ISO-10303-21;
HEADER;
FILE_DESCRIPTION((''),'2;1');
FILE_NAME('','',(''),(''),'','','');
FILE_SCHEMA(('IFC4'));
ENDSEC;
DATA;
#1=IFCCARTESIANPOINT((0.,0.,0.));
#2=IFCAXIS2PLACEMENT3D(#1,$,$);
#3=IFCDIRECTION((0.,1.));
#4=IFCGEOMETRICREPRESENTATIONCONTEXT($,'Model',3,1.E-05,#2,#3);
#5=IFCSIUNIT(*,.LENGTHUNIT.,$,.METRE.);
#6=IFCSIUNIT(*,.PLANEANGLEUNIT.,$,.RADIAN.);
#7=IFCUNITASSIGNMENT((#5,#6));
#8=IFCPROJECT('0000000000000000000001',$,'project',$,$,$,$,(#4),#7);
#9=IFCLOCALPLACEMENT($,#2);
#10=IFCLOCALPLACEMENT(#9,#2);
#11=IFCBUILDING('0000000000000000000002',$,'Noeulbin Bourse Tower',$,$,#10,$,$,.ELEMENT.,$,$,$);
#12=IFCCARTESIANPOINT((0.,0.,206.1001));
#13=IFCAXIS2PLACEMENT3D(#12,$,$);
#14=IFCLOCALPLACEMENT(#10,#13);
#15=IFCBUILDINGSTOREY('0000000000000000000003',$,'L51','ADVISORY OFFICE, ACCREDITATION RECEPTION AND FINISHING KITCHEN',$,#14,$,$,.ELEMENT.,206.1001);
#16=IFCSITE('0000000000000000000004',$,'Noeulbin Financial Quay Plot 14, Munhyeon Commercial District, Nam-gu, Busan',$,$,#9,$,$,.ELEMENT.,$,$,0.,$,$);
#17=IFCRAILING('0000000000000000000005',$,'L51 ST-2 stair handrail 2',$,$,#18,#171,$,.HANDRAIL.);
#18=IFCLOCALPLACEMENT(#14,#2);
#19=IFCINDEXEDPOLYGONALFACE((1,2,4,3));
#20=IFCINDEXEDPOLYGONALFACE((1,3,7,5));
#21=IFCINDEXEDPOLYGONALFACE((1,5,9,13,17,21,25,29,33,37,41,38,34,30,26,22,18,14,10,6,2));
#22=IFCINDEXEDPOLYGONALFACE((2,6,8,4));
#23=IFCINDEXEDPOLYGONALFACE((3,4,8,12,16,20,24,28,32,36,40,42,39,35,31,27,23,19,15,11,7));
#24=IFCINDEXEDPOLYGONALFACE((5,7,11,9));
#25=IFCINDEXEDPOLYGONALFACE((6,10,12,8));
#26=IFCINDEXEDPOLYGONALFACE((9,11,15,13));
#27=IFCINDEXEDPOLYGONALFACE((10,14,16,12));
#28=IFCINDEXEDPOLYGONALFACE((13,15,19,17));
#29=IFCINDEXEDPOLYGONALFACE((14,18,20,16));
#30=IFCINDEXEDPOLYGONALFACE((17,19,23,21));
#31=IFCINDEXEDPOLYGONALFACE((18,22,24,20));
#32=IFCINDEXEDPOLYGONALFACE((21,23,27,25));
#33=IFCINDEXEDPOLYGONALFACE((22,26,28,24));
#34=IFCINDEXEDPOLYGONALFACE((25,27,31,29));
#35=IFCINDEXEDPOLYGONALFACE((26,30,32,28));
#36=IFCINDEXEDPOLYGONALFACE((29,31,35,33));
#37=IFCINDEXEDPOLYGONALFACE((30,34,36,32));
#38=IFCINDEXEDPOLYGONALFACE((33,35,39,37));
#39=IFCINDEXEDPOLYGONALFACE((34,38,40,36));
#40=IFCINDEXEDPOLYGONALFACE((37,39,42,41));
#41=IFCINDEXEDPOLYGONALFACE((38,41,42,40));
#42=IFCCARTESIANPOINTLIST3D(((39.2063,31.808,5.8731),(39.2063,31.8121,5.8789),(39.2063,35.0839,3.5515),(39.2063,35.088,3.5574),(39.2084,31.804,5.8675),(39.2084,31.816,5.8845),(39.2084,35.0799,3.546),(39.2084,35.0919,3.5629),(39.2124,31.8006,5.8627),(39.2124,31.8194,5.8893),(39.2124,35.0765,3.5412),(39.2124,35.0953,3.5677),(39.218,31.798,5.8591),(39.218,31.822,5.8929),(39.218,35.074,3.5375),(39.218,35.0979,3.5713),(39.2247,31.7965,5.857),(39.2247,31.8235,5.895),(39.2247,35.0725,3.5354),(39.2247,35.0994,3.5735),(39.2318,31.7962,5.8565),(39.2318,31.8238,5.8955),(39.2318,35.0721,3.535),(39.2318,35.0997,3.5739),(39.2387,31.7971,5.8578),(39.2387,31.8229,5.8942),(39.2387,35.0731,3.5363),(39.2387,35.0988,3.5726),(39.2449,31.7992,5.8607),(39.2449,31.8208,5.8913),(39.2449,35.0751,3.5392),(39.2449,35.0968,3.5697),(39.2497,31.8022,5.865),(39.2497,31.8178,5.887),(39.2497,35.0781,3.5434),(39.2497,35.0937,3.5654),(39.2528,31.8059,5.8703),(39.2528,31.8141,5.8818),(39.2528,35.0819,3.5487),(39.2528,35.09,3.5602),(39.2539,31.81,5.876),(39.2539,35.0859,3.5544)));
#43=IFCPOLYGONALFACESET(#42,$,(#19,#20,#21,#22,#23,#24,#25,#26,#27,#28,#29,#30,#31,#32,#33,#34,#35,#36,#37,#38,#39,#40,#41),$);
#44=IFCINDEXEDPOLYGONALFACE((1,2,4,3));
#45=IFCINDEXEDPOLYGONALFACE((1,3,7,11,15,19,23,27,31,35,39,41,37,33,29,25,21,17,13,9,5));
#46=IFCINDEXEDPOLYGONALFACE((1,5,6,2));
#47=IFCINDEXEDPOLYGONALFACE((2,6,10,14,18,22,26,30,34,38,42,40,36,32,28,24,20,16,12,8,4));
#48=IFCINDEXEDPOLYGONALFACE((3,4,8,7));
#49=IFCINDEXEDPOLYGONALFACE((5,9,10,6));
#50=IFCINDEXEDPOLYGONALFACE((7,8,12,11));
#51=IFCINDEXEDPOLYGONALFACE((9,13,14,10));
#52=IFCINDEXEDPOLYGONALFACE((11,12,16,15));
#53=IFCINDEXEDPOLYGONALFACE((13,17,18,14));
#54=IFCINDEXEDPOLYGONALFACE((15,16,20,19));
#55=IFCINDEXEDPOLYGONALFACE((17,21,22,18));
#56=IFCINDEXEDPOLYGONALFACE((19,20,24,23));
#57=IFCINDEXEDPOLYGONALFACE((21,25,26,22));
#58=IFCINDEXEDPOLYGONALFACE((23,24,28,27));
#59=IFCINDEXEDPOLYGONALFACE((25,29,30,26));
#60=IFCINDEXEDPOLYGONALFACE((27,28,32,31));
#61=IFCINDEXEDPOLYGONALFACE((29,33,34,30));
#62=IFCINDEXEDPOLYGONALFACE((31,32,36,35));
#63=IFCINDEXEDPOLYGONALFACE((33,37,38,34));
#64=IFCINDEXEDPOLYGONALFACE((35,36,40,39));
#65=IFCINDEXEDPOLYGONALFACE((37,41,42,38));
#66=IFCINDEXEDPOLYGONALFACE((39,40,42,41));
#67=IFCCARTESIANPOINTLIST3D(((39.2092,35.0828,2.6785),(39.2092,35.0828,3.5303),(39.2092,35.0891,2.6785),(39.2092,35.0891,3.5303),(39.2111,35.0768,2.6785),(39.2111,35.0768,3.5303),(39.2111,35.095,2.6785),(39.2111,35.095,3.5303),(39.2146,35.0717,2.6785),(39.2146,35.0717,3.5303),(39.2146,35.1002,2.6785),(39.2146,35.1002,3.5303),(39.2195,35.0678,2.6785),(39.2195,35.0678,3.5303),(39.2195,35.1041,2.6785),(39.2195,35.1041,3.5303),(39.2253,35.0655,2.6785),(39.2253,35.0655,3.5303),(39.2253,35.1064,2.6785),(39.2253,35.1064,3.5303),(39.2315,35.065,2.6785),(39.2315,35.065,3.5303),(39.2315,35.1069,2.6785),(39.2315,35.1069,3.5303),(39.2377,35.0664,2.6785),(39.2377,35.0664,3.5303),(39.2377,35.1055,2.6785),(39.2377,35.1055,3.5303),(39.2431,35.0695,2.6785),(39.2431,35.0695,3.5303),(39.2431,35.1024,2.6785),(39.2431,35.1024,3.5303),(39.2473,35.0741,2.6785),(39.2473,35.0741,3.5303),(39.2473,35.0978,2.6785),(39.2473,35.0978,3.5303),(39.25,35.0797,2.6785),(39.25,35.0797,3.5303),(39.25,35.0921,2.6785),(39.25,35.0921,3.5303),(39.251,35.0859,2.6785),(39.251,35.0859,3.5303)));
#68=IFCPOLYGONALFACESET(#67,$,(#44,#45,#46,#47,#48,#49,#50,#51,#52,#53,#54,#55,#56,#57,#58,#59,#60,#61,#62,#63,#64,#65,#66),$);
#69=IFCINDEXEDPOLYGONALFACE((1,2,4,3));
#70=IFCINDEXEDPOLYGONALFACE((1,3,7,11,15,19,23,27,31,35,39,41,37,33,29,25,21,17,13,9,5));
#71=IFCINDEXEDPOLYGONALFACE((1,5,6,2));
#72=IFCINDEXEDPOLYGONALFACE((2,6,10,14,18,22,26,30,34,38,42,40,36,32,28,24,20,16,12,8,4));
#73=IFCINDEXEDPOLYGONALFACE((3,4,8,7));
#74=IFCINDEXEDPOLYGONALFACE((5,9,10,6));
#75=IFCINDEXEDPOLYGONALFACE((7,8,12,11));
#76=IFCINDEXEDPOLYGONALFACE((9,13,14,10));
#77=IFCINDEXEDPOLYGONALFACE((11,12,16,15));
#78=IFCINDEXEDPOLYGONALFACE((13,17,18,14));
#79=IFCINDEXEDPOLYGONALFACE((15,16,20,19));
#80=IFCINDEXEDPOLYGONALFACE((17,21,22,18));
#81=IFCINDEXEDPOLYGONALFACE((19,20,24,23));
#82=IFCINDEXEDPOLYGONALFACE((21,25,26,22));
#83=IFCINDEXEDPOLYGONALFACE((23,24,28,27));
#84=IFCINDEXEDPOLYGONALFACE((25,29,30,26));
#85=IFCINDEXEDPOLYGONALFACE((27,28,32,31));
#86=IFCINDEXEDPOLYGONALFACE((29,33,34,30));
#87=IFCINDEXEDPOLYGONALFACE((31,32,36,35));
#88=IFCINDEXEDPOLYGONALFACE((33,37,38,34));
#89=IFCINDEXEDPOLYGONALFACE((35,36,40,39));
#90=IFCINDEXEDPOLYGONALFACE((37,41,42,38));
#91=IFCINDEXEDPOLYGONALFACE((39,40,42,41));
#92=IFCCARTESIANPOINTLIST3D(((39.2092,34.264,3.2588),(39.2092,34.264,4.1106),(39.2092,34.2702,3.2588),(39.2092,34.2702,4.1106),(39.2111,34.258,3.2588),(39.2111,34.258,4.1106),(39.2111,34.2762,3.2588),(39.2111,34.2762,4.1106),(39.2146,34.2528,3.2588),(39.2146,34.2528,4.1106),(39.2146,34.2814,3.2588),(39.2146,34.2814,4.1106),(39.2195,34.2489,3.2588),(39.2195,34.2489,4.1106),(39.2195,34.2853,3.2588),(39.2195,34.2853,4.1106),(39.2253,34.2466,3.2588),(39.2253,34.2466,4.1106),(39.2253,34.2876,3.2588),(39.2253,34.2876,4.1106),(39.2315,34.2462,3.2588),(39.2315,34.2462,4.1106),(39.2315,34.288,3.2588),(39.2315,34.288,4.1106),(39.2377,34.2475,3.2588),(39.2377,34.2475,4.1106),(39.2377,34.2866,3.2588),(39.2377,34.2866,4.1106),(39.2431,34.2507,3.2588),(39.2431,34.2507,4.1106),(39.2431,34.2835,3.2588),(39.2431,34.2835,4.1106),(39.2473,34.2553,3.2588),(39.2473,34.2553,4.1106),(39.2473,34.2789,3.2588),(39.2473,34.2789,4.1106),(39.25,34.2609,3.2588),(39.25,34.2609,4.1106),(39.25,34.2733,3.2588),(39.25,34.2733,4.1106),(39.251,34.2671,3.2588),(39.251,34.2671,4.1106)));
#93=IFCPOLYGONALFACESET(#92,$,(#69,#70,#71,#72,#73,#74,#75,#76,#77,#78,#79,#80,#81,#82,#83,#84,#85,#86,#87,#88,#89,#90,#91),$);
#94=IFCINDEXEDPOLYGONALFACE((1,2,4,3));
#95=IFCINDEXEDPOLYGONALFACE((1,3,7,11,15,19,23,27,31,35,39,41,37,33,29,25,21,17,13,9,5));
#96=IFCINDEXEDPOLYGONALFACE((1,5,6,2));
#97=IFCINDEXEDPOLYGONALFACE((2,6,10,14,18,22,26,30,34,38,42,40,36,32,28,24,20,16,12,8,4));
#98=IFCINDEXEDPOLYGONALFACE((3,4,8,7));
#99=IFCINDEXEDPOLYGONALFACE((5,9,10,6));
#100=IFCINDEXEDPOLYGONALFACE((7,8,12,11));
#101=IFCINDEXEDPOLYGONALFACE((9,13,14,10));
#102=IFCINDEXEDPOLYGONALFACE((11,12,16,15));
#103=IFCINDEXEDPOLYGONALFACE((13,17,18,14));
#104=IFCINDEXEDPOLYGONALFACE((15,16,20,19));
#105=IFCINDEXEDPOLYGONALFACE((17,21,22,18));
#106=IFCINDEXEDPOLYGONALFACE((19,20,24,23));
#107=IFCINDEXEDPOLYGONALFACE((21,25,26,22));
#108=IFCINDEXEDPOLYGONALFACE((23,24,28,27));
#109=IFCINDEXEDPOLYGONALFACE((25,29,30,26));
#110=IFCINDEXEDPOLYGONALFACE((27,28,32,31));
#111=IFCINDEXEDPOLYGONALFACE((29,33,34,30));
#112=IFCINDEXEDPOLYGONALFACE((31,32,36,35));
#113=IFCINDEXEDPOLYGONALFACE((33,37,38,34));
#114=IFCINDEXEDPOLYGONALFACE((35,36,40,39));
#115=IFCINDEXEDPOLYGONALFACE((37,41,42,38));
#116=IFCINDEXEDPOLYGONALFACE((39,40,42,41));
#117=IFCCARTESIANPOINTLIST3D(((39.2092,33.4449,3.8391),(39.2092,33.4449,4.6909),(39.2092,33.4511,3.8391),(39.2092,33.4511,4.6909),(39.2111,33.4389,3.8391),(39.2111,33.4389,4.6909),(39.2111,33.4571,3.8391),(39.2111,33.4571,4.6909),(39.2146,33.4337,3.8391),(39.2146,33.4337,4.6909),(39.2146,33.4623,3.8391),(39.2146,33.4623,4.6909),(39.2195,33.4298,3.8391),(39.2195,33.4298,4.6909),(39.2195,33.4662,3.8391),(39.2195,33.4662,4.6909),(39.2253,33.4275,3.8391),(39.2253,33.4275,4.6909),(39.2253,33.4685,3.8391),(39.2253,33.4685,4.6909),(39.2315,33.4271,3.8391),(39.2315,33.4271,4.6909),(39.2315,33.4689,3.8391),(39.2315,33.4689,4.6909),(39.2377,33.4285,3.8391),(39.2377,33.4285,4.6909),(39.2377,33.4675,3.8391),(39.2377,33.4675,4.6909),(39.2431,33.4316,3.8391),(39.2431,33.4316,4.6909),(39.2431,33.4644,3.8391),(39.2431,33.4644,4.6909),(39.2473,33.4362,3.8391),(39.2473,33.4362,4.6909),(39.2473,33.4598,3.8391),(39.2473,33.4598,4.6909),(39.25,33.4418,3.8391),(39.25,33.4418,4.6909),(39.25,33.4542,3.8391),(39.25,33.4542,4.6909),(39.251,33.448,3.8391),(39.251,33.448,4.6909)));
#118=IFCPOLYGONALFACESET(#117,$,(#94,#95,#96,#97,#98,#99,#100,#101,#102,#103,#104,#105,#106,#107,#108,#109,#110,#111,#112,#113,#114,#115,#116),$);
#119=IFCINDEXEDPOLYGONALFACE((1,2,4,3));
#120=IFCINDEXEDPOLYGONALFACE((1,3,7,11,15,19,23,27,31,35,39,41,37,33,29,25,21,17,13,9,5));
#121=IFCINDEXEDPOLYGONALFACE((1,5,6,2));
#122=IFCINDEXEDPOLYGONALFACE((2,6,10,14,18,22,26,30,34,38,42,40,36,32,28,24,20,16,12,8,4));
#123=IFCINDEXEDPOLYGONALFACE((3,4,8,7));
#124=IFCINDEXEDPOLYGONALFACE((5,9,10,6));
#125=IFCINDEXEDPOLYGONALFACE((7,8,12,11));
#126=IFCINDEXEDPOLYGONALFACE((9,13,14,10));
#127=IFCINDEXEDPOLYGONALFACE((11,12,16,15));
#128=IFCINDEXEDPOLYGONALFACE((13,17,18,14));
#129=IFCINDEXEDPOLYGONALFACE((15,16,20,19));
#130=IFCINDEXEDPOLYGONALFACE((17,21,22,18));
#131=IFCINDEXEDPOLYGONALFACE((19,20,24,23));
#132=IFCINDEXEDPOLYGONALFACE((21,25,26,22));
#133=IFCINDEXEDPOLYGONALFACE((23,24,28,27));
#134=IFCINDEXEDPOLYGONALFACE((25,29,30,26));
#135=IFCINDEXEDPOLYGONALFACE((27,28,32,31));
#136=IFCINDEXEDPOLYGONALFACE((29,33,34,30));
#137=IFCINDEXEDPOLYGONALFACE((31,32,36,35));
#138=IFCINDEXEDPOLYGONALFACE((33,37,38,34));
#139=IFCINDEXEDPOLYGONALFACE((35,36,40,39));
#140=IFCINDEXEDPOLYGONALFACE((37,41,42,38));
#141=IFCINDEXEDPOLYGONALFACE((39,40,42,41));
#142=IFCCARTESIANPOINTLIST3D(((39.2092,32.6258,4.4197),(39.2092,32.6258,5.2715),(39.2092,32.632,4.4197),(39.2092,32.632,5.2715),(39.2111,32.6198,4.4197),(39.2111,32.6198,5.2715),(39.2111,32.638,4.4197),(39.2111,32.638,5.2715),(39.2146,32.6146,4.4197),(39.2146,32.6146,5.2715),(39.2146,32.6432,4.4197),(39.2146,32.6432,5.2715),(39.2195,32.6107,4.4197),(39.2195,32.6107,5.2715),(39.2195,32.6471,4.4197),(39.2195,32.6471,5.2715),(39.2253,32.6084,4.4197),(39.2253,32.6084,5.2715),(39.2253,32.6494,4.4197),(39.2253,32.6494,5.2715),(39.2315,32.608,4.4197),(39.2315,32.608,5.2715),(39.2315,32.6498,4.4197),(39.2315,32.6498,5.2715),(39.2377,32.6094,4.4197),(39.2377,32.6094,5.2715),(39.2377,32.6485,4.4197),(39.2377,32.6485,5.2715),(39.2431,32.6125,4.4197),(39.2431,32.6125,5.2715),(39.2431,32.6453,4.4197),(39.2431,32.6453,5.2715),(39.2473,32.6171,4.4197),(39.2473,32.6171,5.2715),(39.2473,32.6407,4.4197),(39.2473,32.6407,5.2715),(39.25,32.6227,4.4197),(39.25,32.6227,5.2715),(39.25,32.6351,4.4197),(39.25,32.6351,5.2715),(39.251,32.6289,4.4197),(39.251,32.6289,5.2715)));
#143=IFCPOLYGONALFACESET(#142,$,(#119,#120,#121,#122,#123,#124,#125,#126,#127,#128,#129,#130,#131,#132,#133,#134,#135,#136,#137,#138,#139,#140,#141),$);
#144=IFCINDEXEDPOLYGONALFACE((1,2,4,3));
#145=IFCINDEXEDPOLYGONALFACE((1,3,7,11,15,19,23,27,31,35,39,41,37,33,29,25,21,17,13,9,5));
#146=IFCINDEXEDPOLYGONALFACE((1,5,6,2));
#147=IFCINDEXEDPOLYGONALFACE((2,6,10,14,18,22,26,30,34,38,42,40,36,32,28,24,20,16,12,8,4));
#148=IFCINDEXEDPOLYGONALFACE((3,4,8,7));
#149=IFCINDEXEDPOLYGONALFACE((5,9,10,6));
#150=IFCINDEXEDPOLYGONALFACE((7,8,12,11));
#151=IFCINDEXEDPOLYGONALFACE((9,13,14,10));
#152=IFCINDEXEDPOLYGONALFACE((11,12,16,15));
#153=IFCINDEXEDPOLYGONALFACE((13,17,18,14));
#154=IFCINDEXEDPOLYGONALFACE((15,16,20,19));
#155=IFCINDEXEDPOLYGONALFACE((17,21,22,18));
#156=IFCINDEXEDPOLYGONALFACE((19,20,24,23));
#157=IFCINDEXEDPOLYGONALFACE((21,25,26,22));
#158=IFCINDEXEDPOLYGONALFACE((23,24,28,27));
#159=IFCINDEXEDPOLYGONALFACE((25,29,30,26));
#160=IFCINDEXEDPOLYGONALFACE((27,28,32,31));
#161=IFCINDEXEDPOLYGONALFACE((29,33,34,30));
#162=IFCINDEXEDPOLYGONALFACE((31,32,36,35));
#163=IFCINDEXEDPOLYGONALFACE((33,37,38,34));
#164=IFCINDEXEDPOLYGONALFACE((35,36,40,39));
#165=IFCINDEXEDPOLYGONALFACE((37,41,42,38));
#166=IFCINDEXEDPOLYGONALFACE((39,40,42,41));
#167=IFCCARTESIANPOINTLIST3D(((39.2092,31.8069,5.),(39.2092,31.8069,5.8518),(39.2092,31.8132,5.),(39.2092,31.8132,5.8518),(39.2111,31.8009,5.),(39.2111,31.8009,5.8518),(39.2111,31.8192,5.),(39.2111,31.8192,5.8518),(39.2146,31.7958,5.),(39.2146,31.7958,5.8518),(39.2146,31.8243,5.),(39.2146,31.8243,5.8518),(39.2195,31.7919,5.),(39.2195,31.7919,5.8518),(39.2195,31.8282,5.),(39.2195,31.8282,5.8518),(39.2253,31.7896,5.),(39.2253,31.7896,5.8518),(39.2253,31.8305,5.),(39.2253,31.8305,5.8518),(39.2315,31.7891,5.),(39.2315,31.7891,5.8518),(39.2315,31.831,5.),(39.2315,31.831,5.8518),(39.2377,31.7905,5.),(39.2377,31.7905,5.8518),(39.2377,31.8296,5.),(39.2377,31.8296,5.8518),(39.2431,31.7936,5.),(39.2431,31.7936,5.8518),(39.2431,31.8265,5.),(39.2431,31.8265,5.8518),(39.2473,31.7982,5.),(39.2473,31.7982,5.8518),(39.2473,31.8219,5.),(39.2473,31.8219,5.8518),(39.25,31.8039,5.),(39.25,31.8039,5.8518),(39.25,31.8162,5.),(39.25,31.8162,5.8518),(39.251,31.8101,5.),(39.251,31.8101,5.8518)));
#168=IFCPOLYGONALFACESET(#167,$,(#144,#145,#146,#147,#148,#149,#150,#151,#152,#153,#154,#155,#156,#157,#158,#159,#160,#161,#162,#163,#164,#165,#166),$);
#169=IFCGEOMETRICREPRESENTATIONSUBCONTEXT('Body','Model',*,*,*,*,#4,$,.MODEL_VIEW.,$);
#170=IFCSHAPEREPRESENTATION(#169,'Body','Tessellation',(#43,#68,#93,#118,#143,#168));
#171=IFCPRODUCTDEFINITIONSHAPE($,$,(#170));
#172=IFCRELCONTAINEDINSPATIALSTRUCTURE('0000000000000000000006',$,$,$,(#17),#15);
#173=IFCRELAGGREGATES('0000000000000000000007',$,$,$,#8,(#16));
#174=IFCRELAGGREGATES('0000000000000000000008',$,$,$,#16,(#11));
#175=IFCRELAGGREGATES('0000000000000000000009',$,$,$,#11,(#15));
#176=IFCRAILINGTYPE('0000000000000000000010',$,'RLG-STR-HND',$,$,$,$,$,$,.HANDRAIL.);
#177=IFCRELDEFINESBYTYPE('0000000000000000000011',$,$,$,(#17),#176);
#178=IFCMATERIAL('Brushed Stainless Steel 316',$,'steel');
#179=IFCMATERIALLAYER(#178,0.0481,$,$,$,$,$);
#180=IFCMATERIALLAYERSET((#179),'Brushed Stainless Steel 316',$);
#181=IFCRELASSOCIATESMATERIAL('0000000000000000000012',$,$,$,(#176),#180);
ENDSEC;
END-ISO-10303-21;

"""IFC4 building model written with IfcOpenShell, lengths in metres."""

from ifc_helpers import new_model, si_unit, direction, frame, origin, origin_2d, place, context, subcontext, project, spatial, circle, extrude, material, layer, layer_set, type_object, element, save


model = new_model("IFC4")

# Units and contexts
model_context = context("Model", 3, precision=1e-05, world=origin(), true_north=direction((0.0, 1.0)))
body_context = subcontext(model_context, "Body", "Model", "MODEL_VIEW")
ifc_project = project(units=[si_unit("LENGTHUNIT", "METRE"), si_unit("PLANEANGLEUNIT", "RADIAN")], contexts=[model_context])

# Site, building, storey
site_placement = place(None, origin())
site = spatial("IfcSite", under=ifc_project, at=site_placement, Name="Noeulbin Financial Quay Plot 14, Munhyeon Commercial District, Nam-gu, Busan", CompositionType="ELEMENT", RefElevation=0.0)
building_placement = place(site_placement, origin())
building = spatial("IfcBuilding", under=site, at=building_placement, Name="Noeulbin Bourse Tower", CompositionType="ELEMENT")
storey_placement = place(building_placement, frame((0.0, 0.0, 206.1001)))
storey = spatial("IfcBuildingStorey", under=building, at=storey_placement, Name="L51", Description="ADVISORY OFFICE, ACCREDITATION RECEPTION AND FINISHING KITCHEN", CompositionType="ELEMENT", Elevation=206.1001)

# Shared definitions
ifc_material_1 = material(Name="Brushed Stainless Steel 316", Category="steel")

# Railing
ifc_layer_1 = layer(ifc_material_1, 0.0481)
ifc_layer_set_1 = layer_set([ifc_layer_1], Name="Brushed Stainless Steel 316")
railing_type_1 = type_object("IfcRailingType", Name="RLG-STR-HND", PredefinedType="HANDRAIL", material=ifc_layer_set_1)
railing_1_placement = place(storey_placement, frame((39.23, 35.0859, 2.6785)))
element("IfcRailing", 1, at=railing_1_placement, inside=storey, type_object=railing_type_1, Name="L51 ST-2 stair handrail 2", PredefinedType="HANDRAIL", context=body_context, shape_type="SweptSolid", body=[
    extrude(circle(Radius=0.0239, at=origin_2d()), frame((0.0, 0.0, 0.876), z_axis=(0.0, -0.815893, 0.578203), x_axis=(1.0, 0.0, 0.0)), (0.0, 0.0, 1.0), 4.0151),
    extrude(circle(Radius=0.021, at=origin_2d()), origin(), (0.0, 0.0, 1.0), 0.8518),
    extrude(circle(Radius=0.021, at=origin_2d()), frame((0.0, -0.8188, 0.5803)), (0.0, 0.0, 1.0), 0.8518),
    extrude(circle(Radius=0.021, at=origin_2d()), frame((0.0, -1.6379, 1.1606)), (0.0, 0.0, 1.0), 0.8518),
    extrude(circle(Radius=0.021, at=origin_2d()), frame((0.0, -2.457, 1.7412)), (0.0, 0.0, 1.0), 0.8518),
    extrude(circle(Radius=0.021, at=origin_2d()), frame((0.0, -3.2759, 2.3215)), (0.0, 0.0, 1.0), 0.8518),
])

save(model, "model.ifc")
